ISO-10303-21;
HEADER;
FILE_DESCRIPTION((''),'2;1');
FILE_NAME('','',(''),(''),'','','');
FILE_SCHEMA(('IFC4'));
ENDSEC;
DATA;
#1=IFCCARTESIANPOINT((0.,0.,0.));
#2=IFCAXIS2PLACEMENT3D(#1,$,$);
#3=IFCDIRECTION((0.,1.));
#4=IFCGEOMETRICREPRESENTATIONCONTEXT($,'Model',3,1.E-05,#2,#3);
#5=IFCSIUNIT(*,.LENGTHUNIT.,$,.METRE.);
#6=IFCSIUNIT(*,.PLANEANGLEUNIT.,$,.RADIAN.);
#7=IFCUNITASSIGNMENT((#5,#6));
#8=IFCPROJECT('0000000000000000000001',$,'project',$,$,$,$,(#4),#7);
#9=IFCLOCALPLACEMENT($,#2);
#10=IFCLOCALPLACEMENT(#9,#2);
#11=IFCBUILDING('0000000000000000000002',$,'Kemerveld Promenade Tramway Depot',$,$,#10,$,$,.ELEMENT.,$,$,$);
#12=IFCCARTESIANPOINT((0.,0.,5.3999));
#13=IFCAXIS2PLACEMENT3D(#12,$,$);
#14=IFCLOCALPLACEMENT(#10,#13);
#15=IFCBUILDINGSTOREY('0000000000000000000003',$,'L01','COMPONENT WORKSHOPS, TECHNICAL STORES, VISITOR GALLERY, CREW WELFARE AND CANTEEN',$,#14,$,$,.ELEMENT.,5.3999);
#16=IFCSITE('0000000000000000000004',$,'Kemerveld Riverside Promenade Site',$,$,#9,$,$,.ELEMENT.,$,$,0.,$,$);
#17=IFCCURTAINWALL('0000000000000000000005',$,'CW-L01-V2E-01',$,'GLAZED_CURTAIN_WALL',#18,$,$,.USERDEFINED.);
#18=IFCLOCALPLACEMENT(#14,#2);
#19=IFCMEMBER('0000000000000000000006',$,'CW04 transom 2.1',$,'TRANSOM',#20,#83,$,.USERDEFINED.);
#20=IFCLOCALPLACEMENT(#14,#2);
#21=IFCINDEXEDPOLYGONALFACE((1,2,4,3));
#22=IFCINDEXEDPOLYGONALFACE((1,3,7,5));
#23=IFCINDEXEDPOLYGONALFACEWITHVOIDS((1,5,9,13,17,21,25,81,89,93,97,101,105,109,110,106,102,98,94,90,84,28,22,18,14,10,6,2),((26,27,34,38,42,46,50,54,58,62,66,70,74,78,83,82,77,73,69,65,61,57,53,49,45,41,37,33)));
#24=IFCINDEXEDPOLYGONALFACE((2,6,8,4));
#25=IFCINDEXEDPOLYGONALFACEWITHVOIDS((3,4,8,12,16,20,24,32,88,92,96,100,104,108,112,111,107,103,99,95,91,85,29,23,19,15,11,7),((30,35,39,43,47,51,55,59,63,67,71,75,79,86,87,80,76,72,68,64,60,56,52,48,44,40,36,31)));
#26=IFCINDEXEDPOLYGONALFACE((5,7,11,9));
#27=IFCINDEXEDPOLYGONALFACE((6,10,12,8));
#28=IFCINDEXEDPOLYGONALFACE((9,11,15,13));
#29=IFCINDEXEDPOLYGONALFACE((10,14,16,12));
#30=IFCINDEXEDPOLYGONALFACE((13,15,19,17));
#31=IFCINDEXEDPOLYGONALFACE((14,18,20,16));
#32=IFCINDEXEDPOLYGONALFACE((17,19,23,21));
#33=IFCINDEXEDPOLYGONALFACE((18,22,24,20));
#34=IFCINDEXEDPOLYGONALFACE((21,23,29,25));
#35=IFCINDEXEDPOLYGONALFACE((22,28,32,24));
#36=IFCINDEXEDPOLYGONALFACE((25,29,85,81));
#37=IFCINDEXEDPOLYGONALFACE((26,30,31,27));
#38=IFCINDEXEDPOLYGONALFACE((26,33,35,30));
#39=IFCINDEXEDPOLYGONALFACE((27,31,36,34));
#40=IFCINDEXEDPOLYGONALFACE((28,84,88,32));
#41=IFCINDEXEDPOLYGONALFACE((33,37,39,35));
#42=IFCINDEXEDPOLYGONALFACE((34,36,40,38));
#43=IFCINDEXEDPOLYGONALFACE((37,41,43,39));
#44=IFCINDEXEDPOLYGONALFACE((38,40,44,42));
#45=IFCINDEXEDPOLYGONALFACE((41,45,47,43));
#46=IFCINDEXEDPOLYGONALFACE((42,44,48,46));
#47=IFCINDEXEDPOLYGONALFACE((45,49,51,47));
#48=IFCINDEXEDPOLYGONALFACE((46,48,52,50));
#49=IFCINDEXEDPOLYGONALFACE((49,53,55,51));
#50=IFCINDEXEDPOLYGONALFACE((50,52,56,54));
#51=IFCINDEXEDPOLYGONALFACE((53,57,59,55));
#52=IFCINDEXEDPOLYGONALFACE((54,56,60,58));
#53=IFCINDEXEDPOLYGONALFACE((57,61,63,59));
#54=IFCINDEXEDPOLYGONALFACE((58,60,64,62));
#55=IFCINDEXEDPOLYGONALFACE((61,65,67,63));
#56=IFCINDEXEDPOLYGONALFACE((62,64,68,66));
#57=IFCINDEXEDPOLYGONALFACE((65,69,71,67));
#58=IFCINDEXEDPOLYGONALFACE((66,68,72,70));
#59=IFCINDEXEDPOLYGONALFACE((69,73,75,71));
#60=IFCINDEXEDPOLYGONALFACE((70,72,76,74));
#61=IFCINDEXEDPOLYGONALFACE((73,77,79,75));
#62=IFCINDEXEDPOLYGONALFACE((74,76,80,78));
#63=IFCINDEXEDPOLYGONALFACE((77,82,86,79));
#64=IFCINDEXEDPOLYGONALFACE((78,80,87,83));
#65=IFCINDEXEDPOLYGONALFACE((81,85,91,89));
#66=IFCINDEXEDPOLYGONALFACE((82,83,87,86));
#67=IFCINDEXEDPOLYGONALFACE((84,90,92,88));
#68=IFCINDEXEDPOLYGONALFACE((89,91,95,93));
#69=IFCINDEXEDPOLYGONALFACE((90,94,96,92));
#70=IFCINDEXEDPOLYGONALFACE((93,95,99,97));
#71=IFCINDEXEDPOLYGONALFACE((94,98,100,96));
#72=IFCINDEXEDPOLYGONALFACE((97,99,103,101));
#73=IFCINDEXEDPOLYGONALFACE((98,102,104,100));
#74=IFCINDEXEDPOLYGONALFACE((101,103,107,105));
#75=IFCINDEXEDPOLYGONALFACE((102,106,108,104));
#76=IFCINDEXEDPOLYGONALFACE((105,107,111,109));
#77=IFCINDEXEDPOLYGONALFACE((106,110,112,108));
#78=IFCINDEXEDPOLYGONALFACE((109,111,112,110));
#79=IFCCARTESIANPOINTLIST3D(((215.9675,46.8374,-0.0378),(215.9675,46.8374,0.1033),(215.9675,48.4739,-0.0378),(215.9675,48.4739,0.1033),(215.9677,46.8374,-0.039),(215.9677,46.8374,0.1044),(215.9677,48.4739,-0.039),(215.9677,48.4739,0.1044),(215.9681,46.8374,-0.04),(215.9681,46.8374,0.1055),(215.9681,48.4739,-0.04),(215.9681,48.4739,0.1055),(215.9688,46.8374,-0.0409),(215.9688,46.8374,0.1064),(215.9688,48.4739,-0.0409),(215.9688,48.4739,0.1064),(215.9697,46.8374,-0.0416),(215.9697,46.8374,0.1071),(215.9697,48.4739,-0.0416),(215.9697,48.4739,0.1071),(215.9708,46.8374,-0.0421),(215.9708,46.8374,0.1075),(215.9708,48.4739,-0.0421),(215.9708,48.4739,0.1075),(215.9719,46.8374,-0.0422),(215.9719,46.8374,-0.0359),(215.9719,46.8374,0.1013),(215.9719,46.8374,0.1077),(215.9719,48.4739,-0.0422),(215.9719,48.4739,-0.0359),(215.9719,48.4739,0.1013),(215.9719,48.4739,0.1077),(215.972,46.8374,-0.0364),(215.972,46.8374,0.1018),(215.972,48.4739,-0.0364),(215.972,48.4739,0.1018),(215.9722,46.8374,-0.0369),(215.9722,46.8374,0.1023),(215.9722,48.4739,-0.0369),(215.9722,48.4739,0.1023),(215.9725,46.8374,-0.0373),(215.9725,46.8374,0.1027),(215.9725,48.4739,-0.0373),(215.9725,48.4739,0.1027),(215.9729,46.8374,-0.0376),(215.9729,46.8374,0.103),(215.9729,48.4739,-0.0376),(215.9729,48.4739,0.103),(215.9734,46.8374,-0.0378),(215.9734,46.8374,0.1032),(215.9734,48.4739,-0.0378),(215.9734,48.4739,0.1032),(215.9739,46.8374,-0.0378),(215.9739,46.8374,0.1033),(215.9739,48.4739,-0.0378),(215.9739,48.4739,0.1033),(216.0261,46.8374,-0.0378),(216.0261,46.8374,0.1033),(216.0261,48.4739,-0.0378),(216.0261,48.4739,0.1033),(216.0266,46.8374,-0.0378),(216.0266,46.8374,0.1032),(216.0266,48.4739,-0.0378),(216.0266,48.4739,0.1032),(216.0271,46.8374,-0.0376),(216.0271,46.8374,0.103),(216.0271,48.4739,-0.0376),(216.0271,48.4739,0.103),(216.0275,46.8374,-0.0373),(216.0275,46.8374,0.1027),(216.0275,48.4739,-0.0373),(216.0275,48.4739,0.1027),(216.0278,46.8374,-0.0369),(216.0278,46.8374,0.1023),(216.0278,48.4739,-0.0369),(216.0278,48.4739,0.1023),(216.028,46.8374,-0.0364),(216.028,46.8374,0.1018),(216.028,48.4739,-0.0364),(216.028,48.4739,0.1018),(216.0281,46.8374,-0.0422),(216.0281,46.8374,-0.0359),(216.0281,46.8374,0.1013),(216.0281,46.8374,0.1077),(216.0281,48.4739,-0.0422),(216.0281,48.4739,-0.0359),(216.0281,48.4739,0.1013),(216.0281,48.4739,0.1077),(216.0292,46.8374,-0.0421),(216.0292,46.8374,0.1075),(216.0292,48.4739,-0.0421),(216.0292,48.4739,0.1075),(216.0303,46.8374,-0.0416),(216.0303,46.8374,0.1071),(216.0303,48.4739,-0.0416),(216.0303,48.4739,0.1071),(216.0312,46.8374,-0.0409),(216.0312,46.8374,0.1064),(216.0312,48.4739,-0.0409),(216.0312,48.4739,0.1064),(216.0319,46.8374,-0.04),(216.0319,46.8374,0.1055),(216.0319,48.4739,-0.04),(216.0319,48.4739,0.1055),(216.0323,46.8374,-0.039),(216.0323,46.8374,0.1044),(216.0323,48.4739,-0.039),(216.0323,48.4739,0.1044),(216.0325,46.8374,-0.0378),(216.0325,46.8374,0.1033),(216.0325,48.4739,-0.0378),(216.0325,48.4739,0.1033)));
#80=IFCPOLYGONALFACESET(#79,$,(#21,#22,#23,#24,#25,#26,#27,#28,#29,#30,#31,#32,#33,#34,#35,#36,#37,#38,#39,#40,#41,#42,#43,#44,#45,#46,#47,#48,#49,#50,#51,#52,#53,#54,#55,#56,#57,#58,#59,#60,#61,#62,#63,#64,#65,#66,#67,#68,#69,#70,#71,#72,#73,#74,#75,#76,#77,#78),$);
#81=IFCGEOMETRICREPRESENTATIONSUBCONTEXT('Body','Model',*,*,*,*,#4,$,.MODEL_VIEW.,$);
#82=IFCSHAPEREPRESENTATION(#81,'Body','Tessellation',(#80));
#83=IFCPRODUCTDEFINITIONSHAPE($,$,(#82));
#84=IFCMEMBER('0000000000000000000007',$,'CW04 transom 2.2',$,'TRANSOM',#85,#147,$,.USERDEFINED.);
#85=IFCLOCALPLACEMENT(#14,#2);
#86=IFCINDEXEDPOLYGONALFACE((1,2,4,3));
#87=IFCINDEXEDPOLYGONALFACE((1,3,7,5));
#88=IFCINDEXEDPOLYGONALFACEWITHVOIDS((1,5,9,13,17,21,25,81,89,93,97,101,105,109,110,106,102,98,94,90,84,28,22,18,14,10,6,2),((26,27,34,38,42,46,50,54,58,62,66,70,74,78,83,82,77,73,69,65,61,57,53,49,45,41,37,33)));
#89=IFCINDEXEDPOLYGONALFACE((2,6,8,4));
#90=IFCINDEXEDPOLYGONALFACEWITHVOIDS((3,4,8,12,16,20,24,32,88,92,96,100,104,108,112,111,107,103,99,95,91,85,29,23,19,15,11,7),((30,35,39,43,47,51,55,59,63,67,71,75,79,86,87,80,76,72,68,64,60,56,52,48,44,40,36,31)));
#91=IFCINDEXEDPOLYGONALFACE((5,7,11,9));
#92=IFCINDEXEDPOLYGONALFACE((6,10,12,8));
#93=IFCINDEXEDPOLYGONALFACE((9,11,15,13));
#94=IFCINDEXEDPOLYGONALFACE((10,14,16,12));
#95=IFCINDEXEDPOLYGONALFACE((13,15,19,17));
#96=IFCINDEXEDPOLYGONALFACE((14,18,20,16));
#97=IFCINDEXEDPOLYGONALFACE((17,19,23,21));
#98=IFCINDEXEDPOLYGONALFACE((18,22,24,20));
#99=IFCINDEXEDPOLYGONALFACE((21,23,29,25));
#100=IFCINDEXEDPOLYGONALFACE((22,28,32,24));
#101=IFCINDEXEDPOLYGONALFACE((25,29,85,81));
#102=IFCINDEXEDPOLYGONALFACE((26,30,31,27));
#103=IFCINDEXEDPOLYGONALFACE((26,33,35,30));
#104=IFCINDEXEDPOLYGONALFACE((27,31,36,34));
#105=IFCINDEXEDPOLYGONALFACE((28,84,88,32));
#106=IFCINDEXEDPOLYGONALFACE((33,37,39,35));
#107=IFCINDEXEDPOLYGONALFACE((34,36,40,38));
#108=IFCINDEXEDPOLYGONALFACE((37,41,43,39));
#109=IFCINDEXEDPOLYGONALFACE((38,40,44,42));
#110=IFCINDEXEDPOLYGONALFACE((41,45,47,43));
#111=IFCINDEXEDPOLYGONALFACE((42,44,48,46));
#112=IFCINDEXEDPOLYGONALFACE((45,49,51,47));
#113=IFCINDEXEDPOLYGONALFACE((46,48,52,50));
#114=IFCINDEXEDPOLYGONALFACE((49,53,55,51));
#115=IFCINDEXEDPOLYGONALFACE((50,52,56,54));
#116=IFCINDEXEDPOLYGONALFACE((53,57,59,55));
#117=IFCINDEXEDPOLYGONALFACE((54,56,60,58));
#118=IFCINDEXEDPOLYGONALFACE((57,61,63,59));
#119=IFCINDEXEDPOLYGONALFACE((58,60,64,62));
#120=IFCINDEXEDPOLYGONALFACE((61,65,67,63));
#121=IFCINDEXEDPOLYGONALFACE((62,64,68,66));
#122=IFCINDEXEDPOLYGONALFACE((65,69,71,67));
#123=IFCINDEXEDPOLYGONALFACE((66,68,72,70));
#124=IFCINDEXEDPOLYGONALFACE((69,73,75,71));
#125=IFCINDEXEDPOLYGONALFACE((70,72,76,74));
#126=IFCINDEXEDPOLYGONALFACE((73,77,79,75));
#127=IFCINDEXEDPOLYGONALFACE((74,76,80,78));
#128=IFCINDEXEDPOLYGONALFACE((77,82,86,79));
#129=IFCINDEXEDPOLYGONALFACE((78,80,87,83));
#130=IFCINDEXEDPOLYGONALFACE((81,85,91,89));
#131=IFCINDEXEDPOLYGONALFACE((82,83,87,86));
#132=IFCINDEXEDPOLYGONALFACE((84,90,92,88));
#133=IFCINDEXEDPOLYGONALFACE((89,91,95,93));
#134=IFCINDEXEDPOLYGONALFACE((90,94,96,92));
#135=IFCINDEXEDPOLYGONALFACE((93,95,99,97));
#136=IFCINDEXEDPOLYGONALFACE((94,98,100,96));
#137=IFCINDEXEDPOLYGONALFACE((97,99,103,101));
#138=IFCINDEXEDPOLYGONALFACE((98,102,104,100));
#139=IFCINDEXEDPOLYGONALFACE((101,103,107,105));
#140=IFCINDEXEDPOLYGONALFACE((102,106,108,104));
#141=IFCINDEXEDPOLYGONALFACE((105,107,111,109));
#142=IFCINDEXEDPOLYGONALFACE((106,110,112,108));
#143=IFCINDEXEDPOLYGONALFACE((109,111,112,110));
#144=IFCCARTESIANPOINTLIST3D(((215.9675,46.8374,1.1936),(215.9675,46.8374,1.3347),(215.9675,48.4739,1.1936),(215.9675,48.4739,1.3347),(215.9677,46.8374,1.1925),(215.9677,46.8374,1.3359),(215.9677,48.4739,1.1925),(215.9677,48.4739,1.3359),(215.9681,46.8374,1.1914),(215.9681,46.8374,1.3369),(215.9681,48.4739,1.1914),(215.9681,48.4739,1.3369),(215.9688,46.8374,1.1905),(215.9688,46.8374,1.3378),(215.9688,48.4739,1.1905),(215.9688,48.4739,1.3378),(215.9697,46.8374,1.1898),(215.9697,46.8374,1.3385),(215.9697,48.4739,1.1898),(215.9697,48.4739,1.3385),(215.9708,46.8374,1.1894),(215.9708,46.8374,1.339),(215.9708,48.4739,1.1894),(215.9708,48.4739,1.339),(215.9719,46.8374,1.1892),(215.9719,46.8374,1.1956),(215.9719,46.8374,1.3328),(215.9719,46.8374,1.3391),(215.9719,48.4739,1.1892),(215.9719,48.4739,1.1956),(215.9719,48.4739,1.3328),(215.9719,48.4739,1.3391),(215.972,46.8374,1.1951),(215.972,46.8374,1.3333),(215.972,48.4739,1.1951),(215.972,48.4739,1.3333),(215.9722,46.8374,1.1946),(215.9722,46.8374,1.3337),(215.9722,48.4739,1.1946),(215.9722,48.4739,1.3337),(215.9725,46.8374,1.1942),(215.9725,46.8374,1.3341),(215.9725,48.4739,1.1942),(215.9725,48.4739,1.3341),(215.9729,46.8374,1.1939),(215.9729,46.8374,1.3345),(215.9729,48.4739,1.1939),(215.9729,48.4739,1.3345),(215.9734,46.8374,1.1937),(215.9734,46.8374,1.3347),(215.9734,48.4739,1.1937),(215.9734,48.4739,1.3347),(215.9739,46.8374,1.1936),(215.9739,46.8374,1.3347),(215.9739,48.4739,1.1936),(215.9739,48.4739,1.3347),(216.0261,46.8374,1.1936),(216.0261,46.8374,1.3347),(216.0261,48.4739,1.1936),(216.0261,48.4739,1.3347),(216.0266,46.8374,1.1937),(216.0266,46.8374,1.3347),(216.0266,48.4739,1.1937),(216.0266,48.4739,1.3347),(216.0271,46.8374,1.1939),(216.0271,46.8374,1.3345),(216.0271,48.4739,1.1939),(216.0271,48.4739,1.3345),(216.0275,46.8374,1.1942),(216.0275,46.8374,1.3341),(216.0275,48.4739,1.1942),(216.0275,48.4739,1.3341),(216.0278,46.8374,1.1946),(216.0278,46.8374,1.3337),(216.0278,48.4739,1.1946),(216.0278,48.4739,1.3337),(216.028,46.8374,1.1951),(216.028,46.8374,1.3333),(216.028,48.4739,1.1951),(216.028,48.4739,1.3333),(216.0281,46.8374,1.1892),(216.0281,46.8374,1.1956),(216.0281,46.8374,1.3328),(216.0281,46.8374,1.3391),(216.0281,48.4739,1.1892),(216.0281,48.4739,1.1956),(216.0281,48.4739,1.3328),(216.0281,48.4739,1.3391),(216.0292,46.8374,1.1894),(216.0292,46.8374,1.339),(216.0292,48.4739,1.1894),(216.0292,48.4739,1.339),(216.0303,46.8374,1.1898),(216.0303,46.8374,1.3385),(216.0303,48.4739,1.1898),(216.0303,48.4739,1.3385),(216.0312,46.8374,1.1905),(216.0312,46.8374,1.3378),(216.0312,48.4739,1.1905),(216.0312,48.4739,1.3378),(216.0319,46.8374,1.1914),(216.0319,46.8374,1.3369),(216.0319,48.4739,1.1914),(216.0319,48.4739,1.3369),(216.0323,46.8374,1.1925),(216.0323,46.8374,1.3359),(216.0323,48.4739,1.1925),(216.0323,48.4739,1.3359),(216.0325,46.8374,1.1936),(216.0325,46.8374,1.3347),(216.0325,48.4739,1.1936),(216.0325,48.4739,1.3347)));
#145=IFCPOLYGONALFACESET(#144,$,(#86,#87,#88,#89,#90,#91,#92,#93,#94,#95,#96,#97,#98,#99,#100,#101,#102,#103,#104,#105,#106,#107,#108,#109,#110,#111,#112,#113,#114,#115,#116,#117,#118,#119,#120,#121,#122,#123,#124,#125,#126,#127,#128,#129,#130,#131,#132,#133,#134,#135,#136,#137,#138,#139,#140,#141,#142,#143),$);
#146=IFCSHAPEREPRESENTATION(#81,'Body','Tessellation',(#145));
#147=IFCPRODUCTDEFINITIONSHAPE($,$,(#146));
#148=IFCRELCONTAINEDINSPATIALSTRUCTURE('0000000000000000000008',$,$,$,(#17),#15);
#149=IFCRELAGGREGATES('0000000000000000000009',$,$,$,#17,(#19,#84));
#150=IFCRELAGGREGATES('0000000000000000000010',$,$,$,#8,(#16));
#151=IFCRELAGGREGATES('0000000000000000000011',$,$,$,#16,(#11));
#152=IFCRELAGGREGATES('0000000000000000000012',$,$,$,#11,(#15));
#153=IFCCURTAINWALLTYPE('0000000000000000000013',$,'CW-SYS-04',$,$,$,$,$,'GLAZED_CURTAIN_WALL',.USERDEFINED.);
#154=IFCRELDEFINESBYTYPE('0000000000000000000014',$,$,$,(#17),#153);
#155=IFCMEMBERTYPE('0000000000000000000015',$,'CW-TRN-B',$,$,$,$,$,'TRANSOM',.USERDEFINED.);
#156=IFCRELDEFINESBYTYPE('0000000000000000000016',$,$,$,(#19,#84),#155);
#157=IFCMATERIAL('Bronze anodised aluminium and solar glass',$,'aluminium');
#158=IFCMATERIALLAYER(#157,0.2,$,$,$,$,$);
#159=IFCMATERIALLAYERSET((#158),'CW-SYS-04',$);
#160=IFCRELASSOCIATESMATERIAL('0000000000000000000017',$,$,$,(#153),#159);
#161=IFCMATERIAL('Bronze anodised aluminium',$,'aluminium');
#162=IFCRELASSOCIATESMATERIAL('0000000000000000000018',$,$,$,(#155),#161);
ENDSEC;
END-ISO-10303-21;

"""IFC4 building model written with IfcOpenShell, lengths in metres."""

from ifc_helpers import new_model, si_unit, direction, frame, origin, origin_2d, place, context, subcontext, project, spatial, hollow_rectangle, extrude, material, layer, layer_set, material_profile, profile_set, type_object, element, aggregate, save


model = new_model("IFC4")

# Units and contexts
model_context = context("Model", 3, precision=1e-05, world=origin(), true_north=direction((0.0, 1.0)))
body_context = subcontext(model_context, "Body", "Model", "MODEL_VIEW")
ifc_project = project(units=[si_unit("LENGTHUNIT", "METRE"), si_unit("PLANEANGLEUNIT", "RADIAN")], contexts=[model_context])

# Site, building, storey
site_placement = place(None, origin())
site = spatial("IfcSite", under=ifc_project, at=site_placement, Name="Kemerveld Riverside Promenade Site", CompositionType="ELEMENT", RefElevation=0.0)
building_placement = place(site_placement, origin())
building = spatial("IfcBuilding", under=site, at=building_placement, Name="Kemerveld Promenade Tramway Depot", CompositionType="ELEMENT")
storey_placement = place(building_placement, frame((0.0, 0.0, 5.3999)))
storey = spatial("IfcBuildingStorey", under=building, at=storey_placement, Name="L01", Description="COMPONENT WORKSHOPS, TECHNICAL STORES, VISITOR GALLERY, CREW WELFARE AND CANTEEN", CompositionType="ELEMENT", Elevation=5.3999)

# Shared definitions
ifc_material_1 = material(Name="Bronze anodised aluminium and solar glass", Category="aluminium")
ifc_material_2 = material(Name="Bronze anodised aluminium", Category="aluminium")

# Curtain wall, members
ifc_layer_1 = layer(ifc_material_1, 0.2)
ifc_layer_set_1 = layer_set([ifc_layer_1], Name="CW-SYS-04")
curtain_wall_type_1 = type_object("IfcCurtainWallType", Name="CW-SYS-04", ElementType="GLAZED_CURTAIN_WALL", PredefinedType="USERDEFINED", material=ifc_layer_set_1)
curtain_wall_1_placement = place(storey_placement, origin())
curtain_wall_1 = element("IfcCurtainWall", 1, at=curtain_wall_1_placement, inside=storey, type_object=curtain_wall_type_1, Name="CW-L01-V2E-01", ObjectType="GLAZED_CURTAIN_WALL", PredefinedType="USERDEFINED")
ifc_material_profile_1 = material_profile(ifc_material_2, hollow_rectangle(XDim=0.0649, YDim=0.1499, WallThickness=0.0044, InnerFilletRadius=0.002, OuterFilletRadius=0.0044, at=origin_2d()), Name="CW-TRN-150x65")
ifc_profile_set_1 = profile_set([ifc_material_profile_1], Name="Bronze anodised aluminium")
member_type_1 = type_object("IfcMemberType", Name="CW-TRN-B", ElementType="TRANSOM", PredefinedType="USERDEFINED", material=ifc_profile_set_1)
member_1_placement = place(storey_placement, frame((216.0, 48.4739, 0.0327), z_axis=(0.0, -1.0, 0.0), x_axis=(1.0, 0.0, 0.0)))
member_1 = element("IfcMember", 2, at=member_1_placement, type_object=member_type_1, Name="CW04 transom 2.1", ObjectType="TRANSOM", PredefinedType="USERDEFINED", context=body_context, shape_type="SweptSolid", body=[
    extrude(hollow_rectangle(XDim=0.0649, YDim=0.1499, WallThickness=0.0044, InnerFilletRadius=0.002, OuterFilletRadius=0.0044, at=origin_2d()), origin(), (0.0, 0.0, 1.0), 1.6365),
])
member_2_placement = place(storey_placement, frame((216.0, 48.4739, 1.2642), z_axis=(0.0, -1.0, 0.0), x_axis=(1.0, 0.0, 0.0)))
member_2 = element("IfcMember", 3, at=member_2_placement, type_object=member_type_1, Name="CW04 transom 2.2", ObjectType="TRANSOM", PredefinedType="USERDEFINED", context=body_context, shape_type="SweptSolid", body=[
    extrude(hollow_rectangle(XDim=0.0649, YDim=0.1499, WallThickness=0.0044, InnerFilletRadius=0.002, OuterFilletRadius=0.0044, at=origin_2d()), origin(), (0.0, 0.0, 1.0), 1.6365),
])

aggregate(curtain_wall_1, [member_1, member_2])

save(model, "model.ifc")
